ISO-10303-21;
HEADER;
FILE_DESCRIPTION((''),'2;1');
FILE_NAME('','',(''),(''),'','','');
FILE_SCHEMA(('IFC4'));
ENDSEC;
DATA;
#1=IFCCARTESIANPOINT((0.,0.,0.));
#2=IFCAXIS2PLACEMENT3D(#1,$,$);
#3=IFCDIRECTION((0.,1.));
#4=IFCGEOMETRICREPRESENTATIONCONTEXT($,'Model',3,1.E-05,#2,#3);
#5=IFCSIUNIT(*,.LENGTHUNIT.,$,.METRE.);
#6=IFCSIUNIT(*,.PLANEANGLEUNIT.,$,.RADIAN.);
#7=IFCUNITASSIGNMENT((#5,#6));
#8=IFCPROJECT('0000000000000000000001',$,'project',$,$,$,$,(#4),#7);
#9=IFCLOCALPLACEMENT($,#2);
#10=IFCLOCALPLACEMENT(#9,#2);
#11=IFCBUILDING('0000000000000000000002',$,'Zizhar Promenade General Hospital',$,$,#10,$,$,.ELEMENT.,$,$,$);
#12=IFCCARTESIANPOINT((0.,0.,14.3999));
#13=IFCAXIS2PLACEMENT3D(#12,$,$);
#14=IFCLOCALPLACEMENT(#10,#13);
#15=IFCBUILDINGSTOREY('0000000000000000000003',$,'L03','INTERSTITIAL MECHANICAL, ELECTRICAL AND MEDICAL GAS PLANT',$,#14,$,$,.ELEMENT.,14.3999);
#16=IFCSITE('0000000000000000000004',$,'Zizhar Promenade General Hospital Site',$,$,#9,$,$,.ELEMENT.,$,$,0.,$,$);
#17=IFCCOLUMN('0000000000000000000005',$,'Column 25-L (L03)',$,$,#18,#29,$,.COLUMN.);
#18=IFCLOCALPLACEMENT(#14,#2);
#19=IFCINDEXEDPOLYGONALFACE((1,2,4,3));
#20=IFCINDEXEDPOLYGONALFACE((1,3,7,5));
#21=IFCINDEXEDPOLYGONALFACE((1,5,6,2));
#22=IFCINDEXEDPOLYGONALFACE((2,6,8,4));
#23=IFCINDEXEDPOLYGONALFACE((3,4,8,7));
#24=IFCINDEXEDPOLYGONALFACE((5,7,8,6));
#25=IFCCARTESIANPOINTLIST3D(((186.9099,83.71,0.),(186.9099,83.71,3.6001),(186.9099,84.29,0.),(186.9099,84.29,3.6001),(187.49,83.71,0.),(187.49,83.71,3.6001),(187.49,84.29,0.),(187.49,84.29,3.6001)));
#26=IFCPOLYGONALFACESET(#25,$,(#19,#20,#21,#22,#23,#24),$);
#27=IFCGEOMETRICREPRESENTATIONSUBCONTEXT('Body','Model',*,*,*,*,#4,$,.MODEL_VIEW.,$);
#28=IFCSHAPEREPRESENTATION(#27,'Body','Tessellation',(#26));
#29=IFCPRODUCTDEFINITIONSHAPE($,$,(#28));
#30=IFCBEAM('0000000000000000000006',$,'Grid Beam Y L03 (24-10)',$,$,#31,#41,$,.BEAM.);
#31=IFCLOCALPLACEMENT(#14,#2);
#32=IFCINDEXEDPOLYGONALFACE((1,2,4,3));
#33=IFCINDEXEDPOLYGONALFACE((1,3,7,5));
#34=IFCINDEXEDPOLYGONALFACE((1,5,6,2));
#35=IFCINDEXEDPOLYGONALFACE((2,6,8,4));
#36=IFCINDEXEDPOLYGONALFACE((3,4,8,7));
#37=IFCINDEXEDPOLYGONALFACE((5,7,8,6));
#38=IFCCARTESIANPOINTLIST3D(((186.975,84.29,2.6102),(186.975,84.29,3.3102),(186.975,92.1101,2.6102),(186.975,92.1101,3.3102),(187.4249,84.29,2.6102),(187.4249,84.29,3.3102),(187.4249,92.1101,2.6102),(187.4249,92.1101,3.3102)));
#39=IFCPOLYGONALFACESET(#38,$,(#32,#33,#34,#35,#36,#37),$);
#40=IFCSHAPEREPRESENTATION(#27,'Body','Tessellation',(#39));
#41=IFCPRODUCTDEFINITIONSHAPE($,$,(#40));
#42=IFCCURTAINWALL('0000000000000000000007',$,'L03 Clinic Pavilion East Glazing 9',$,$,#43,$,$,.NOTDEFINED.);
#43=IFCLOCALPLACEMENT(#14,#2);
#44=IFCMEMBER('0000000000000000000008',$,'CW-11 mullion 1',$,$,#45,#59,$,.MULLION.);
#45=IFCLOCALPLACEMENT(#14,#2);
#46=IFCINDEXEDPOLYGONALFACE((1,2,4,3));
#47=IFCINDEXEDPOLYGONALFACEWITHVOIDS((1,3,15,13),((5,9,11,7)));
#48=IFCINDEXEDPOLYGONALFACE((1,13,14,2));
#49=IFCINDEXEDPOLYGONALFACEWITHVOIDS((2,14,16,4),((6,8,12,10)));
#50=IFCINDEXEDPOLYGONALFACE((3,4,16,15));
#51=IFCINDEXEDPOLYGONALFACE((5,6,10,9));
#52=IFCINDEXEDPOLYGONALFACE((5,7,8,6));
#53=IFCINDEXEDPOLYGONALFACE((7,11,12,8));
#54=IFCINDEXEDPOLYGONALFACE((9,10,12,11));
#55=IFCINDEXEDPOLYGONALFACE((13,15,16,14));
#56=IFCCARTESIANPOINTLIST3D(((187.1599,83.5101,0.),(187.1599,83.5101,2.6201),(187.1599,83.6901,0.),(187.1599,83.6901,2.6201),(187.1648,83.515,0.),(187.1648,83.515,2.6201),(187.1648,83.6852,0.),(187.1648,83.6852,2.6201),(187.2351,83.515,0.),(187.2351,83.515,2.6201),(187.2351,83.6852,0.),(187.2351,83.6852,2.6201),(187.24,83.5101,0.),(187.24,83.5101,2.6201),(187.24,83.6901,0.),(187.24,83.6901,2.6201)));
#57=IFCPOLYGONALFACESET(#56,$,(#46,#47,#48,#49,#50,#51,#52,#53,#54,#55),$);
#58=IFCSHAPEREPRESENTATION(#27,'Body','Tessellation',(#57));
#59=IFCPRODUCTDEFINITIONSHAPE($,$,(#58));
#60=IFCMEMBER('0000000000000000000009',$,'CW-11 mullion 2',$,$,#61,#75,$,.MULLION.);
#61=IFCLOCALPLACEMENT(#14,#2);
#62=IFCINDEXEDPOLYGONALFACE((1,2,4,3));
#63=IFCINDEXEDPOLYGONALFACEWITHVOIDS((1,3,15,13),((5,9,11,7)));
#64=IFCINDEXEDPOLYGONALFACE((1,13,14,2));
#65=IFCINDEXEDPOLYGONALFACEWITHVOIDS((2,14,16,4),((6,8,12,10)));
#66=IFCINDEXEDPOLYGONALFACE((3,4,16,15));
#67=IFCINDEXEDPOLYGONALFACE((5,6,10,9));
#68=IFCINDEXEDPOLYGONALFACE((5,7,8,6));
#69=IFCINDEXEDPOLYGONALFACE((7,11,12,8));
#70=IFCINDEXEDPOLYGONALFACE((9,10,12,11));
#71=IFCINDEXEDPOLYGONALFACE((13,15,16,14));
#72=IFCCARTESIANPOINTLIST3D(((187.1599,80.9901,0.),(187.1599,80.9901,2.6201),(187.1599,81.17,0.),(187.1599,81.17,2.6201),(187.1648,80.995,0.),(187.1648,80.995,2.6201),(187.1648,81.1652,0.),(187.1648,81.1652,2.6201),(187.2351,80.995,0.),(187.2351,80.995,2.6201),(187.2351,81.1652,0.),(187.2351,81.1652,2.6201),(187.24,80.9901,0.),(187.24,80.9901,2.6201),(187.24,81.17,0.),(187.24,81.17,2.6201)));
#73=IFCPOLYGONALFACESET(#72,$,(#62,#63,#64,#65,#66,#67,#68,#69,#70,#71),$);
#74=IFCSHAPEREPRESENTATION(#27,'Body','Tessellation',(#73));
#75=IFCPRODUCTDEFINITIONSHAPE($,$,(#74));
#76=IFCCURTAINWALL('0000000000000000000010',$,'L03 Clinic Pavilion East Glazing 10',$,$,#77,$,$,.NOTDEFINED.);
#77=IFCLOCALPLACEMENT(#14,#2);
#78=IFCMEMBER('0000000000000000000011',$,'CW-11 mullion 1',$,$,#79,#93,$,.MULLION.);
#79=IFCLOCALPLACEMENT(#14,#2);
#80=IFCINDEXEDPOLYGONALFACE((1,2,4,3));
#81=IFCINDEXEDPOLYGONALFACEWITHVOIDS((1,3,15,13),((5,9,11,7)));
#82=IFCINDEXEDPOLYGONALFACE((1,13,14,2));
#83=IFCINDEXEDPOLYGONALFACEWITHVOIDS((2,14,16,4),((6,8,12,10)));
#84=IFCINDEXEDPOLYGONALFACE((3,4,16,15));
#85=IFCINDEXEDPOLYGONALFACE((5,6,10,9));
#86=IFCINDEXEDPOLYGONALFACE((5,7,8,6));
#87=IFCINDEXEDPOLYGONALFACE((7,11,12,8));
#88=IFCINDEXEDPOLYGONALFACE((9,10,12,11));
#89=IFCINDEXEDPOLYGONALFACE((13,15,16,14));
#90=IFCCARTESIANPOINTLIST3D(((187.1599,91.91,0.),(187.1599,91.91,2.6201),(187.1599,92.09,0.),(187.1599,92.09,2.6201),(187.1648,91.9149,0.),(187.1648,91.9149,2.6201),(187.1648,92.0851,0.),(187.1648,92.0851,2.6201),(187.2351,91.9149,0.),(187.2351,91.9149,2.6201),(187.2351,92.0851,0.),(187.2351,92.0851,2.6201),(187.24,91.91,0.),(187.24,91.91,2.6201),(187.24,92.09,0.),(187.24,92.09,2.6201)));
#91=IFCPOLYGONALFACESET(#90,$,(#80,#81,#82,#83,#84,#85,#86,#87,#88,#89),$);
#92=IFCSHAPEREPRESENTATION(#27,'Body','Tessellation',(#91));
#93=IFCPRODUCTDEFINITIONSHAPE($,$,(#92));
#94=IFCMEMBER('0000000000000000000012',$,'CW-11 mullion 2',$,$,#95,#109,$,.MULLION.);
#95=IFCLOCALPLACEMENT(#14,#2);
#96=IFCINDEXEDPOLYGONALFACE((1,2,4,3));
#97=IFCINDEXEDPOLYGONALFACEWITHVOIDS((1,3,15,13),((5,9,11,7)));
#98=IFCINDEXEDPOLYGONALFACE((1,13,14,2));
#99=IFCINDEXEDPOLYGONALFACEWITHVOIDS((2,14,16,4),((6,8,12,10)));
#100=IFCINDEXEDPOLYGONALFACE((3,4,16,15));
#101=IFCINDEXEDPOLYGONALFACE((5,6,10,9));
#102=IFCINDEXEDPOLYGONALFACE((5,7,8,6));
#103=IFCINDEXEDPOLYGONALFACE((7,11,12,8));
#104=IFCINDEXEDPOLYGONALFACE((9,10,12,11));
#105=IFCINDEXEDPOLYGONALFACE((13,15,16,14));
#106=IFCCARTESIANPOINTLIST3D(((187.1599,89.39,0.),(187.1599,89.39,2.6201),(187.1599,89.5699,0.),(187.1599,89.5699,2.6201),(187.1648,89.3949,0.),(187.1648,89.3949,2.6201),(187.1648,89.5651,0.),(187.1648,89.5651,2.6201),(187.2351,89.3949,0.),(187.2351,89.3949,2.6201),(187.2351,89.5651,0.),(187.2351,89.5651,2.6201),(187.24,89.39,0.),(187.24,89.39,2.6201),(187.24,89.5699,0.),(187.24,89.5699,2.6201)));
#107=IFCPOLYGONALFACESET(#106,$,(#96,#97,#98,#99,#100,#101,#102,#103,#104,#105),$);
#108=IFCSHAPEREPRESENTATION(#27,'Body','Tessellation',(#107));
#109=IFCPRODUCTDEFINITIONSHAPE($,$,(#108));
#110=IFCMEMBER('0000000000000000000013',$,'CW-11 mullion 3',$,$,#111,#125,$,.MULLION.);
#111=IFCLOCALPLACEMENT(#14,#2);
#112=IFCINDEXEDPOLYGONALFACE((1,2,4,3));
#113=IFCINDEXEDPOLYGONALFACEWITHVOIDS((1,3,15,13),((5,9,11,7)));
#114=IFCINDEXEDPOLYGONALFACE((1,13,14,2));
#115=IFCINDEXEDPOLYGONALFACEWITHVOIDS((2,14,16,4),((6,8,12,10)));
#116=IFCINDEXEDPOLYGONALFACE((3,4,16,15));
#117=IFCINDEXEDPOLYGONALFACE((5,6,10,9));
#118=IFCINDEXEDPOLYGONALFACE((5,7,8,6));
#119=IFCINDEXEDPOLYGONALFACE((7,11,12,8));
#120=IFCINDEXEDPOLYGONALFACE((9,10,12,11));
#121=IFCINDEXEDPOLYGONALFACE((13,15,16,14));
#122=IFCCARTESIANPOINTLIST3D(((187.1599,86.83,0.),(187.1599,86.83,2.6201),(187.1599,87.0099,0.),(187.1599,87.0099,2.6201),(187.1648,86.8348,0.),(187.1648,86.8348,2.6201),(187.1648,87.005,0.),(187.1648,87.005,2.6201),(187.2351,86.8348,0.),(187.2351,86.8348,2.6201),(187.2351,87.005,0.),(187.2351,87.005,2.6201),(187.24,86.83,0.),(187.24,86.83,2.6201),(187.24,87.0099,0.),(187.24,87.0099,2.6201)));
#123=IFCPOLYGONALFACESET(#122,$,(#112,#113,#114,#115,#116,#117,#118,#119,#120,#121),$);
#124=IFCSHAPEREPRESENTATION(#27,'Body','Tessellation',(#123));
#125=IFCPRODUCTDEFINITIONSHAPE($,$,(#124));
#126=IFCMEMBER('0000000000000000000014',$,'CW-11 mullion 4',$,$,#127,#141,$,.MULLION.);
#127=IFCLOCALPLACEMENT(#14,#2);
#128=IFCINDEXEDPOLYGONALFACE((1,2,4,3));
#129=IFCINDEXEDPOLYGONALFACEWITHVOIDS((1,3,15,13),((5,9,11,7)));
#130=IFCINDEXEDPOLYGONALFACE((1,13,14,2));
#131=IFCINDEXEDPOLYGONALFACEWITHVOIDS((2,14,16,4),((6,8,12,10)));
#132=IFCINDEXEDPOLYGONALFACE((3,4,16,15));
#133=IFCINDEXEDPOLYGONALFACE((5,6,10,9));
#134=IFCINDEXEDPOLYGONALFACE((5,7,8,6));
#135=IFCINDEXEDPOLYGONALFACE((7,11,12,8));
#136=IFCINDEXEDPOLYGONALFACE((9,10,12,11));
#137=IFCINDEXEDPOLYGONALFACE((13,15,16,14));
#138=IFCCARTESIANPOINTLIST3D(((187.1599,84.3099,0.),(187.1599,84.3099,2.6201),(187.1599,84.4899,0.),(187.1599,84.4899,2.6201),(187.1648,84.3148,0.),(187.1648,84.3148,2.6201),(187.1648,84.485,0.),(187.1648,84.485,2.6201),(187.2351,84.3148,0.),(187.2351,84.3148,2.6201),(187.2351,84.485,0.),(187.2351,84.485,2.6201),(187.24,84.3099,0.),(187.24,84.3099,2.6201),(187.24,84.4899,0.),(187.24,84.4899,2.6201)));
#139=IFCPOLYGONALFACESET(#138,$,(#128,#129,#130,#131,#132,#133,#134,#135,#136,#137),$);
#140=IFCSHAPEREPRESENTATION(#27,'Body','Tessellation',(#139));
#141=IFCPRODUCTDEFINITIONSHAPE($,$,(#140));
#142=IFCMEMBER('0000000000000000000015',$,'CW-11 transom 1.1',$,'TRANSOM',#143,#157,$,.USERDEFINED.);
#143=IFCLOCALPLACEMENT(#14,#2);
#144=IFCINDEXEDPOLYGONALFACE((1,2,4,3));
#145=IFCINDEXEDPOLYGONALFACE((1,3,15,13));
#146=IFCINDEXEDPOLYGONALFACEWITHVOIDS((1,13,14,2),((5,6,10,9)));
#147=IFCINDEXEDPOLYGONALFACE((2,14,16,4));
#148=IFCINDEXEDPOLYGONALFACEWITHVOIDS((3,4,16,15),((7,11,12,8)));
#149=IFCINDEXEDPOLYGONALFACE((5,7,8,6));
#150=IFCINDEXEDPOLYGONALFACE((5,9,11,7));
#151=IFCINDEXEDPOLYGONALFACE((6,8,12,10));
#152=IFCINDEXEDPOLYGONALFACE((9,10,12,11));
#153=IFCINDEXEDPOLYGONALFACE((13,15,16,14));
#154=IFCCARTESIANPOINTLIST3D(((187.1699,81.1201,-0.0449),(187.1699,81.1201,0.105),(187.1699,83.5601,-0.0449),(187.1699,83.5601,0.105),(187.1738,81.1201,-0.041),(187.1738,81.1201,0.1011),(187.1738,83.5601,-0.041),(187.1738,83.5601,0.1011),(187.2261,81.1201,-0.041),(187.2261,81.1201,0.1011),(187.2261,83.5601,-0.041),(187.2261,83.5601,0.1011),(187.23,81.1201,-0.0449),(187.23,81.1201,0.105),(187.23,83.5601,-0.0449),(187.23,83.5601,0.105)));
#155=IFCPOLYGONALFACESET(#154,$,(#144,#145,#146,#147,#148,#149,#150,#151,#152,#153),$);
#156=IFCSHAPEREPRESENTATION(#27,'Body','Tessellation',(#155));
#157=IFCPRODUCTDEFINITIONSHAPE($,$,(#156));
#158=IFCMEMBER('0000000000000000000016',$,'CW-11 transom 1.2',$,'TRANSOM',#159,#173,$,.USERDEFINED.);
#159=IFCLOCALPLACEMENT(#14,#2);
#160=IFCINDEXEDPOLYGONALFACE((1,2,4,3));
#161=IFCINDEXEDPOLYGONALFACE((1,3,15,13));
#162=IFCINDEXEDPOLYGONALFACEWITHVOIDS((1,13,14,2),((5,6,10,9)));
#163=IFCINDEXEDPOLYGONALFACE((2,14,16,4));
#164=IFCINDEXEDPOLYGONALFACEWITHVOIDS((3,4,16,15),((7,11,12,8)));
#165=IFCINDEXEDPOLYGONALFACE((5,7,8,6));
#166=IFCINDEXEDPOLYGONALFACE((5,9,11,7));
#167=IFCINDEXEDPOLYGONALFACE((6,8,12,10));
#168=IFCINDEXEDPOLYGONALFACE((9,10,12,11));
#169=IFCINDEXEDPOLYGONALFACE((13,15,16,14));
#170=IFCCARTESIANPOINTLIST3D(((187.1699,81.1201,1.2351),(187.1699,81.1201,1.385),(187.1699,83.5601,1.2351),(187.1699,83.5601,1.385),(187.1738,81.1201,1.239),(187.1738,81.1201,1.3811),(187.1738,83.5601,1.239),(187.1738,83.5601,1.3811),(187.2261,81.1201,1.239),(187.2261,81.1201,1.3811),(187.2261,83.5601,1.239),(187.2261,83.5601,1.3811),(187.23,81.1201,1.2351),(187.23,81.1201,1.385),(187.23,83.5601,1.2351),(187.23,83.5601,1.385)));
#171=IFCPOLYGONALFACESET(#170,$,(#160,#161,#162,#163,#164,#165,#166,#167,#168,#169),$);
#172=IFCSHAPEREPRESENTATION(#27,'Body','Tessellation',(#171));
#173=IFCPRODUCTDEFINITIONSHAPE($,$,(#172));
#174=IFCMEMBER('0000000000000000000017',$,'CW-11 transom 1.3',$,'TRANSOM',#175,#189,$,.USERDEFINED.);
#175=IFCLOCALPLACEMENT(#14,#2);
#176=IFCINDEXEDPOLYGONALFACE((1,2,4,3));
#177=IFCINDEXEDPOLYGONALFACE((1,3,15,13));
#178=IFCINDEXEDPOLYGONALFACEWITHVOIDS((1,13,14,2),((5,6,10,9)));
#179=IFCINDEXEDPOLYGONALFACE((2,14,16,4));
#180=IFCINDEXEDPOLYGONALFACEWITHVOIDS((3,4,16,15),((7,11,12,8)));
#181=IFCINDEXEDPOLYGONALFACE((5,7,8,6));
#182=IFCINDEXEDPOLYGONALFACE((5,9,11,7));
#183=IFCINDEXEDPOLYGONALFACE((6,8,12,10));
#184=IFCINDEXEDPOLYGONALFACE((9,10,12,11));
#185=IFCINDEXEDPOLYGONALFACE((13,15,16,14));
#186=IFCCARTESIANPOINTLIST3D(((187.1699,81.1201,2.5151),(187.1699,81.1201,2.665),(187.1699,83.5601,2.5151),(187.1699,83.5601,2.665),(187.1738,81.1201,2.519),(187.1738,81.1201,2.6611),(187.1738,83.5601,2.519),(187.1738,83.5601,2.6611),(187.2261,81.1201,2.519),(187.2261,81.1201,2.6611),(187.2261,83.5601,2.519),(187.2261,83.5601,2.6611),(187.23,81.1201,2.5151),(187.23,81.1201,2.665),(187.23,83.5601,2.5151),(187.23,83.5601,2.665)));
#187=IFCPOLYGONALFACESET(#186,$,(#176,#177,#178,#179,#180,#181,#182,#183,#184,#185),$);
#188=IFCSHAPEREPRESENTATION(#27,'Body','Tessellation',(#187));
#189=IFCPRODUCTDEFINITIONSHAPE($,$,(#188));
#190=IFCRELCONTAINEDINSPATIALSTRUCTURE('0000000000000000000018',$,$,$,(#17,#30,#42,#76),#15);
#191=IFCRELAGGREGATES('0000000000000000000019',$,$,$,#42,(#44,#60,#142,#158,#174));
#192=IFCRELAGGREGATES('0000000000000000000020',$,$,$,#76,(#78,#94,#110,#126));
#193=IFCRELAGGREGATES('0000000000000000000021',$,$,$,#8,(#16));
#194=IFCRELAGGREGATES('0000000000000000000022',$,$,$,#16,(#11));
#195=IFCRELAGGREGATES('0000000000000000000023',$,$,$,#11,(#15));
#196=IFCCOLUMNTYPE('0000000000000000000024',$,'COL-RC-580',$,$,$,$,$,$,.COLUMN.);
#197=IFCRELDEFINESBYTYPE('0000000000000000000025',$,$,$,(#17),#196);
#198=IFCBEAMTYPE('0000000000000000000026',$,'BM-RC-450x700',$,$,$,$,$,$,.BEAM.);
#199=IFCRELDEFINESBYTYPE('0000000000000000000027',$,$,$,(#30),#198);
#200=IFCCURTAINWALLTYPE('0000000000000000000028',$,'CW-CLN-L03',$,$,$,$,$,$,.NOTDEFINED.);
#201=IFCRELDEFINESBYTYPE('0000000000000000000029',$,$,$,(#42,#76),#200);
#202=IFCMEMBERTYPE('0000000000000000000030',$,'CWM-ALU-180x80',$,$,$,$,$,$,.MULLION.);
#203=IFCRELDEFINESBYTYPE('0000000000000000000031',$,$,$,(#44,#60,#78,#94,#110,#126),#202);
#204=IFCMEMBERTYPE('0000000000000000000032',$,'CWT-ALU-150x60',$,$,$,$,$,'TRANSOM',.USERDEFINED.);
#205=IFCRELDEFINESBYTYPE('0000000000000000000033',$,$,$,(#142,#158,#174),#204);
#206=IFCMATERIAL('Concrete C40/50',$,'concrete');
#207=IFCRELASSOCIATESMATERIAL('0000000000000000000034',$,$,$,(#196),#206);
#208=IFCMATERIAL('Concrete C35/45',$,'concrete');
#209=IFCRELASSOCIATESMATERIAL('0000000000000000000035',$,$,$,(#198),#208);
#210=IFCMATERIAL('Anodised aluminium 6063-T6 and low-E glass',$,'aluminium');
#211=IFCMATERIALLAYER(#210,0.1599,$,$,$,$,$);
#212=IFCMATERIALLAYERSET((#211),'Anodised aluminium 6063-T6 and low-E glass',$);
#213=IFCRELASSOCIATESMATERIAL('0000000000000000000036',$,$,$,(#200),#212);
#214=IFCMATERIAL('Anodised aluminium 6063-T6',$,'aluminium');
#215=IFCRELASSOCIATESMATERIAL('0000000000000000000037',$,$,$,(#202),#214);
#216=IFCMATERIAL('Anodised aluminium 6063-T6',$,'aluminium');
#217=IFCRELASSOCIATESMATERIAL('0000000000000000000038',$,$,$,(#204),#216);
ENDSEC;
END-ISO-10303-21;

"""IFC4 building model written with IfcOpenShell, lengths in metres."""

from ifc_helpers import new_model, si_unit, direction, frame, origin, origin_2d, place, context, subcontext, project, spatial, rectangle, hollow_rectangle, extrude, material, layer, layer_set, material_profile, profile_set, type_object, element, aggregate, save


model = new_model("IFC4")

# Units and contexts
model_context = context("Model", 3, precision=1e-05, world=origin(), true_north=direction((0.0, 1.0)))
body_context = subcontext(model_context, "Body", "Model", "MODEL_VIEW")
ifc_project = project(units=[si_unit("LENGTHUNIT", "METRE"), si_unit("PLANEANGLEUNIT", "RADIAN")], contexts=[model_context])

# Site, building, storey
site_placement = place(None, origin())
site = spatial("IfcSite", under=ifc_project, at=site_placement, Name="Zizhar Promenade General Hospital Site", CompositionType="ELEMENT", RefElevation=0.0)
building_placement = place(site_placement, origin())
building = spatial("IfcBuilding", under=site, at=building_placement, Name="Zizhar Promenade General Hospital", CompositionType="ELEMENT")
storey_placement = place(building_placement, frame((0.0, 0.0, 14.3999)))
storey = spatial("IfcBuildingStorey", under=building, at=storey_placement, Name="L03", Description="INTERSTITIAL MECHANICAL, ELECTRICAL AND MEDICAL GAS PLANT", CompositionType="ELEMENT", Elevation=14.3999)

# Column
ifc_material_1 = material(Name="Concrete C40/50", Category="concrete")
ifc_material_profile_1 = material_profile(ifc_material_1, rectangle(XDim=0.5801, YDim=0.5801, at=origin_2d()))
ifc_profile_set_1 = profile_set([ifc_material_profile_1], Name="Concrete C40/50")
column_type = type_object("IfcColumnType", Name="COL-RC-580", PredefinedType="COLUMN", material=ifc_profile_set_1)
column_placement = place(storey_placement, frame((187.2, 84.0, 0.0), z_axis=(0.0, 0.0, 1.0), x_axis=(1.0, 0.0, 0.0)))
element("IfcColumn", 1, at=column_placement, inside=storey, type_object=column_type, Name="Column 25-L (L03)", PredefinedType="COLUMN", context=body_context, shape_type="SweptSolid", body=[
    extrude(rectangle(XDim=0.5801, YDim=0.5801, at=origin_2d()), origin(), (0.0, 0.0, 1.0), 3.6001),
])

# Beam
ifc_material_2 = material(Name="Concrete C35/45", Category="concrete")
ifc_material_profile_2 = material_profile(ifc_material_2, rectangle(XDim=0.45, YDim=0.7, at=origin_2d()))
ifc_profile_set_2 = profile_set([ifc_material_profile_2], Name="Concrete C35/45")
beam_type = type_object("IfcBeamType", Name="BM-RC-450x700", PredefinedType="BEAM", material=ifc_profile_set_2)
beam_placement = place(storey_placement, frame((187.2, 84.29, 2.9602), z_axis=(0.0, 1.0, 0.0), x_axis=(-1.0, 0.0, 0.0)))
element("IfcBeam", 2, at=beam_placement, inside=storey, type_object=beam_type, Name="Grid Beam Y L03 (24-10)", PredefinedType="BEAM", context=body_context, shape_type="SweptSolid", body=[
    extrude(rectangle(XDim=0.45, YDim=0.7, at=origin_2d()), origin(), (0.0, 0.0, 1.0), 7.8201),
])

# Curtain walls, members
ifc_material_3 = material(Name="Anodised aluminium 6063-T6 and low-E glass", Category="aluminium")
ifc_layer_1 = layer(ifc_material_3, 0.1599)
ifc_layer_set_1 = layer_set([ifc_layer_1], Name="Anodised aluminium 6063-T6 and low-E glass")
curtain_wall_type = type_object("IfcCurtainWallType", Name="CW-CLN-L03", PredefinedType="NOTDEFINED", material=ifc_layer_set_1)
curtain_wall_1_placement = place(storey_placement, origin())
curtain_wall_1 = element("IfcCurtainWall", 3, at=curtain_wall_1_placement, inside=storey, type_object=curtain_wall_type, Name="L03 Clinic Pavilion East Glazing 9", PredefinedType="NOTDEFINED")
ifc_material_4 = material(Name="Anodised aluminium 6063-T6", Category="aluminium")
ifc_material_profile_3 = material_profile(ifc_material_4, hollow_rectangle(XDim=0.0801, YDim=0.1799, WallThickness=0.0049, at=origin_2d()))
ifc_profile_set_3 = profile_set([ifc_material_profile_3], Name="Anodised aluminium 6063-T6")
member_type_1 = type_object("IfcMemberType", Name="CWM-ALU-180x80", PredefinedType="MULLION", material=ifc_profile_set_3)
member_1_placement = place(storey_placement, frame((187.2, 83.6001, 0.0), z_axis=(0.0, 0.0, 1.0), x_axis=(1.0, 0.0, 0.0)))
member_1 = element("IfcMember", 4, at=member_1_placement, type_object=member_type_1, Name="CW-11 mullion 1", PredefinedType="MULLION", context=body_context, shape_type="SweptSolid", body=[
    extrude(hollow_rectangle(XDim=0.0801, YDim=0.1799, WallThickness=0.0049, at=origin_2d()), origin(), (0.0, 0.0, 1.0), 2.6201),
])
member_2_placement = place(storey_placement, frame((187.2, 81.0801, 0.0), z_axis=(0.0, 0.0, 1.0), x_axis=(1.0, 0.0, 0.0)))
member_2 = element("IfcMember", 5, at=member_2_placement, type_object=member_type_1, Name="CW-11 mullion 2", PredefinedType="MULLION", context=body_context, shape_type="SweptSolid", body=[
    extrude(hollow_rectangle(XDim=0.0801, YDim=0.1799, WallThickness=0.0049, at=origin_2d()), origin(), (0.0, 0.0, 1.0), 2.6201),
])
curtain_wall_2_placement = place(storey_placement, origin())
curtain_wall_2 = element("IfcCurtainWall", 6, at=curtain_wall_2_placement, inside=storey, type_object=curtain_wall_type, Name="L03 Clinic Pavilion East Glazing 10", PredefinedType="NOTDEFINED")
member_3_placement = place(storey_placement, frame((187.2, 92.0, 0.0), z_axis=(0.0, 0.0, 1.0), x_axis=(1.0, 0.0, 0.0)))
member_3 = element("IfcMember", 7, at=member_3_placement, type_object=member_type_1, Name="CW-11 mullion 1", PredefinedType="MULLION", context=body_context, shape_type="SweptSolid", body=[
    extrude(hollow_rectangle(XDim=0.0801, YDim=0.1799, WallThickness=0.0049, at=origin_2d()), origin(), (0.0, 0.0, 1.0), 2.6201),
])
member_4_placement = place(storey_placement, frame((187.2, 89.48, 0.0), z_axis=(0.0, 0.0, 1.0), x_axis=(1.0, 0.0, 0.0)))
member_4 = element("IfcMember", 8, at=member_4_placement, type_object=member_type_1, Name="CW-11 mullion 2", PredefinedType="MULLION", context=body_context, shape_type="SweptSolid", body=[
    extrude(hollow_rectangle(XDim=0.0801, YDim=0.1799, WallThickness=0.0049, at=origin_2d()), origin(), (0.0, 0.0, 1.0), 2.6201),
])
member_5_placement = place(storey_placement, frame((187.2, 86.9199, 0.0), z_axis=(0.0, 0.0, 1.0), x_axis=(1.0, 0.0, 0.0)))
member_5 = element("IfcMember", 9, at=member_5_placement, type_object=member_type_1, Name="CW-11 mullion 3", PredefinedType="MULLION", context=body_context, shape_type="SweptSolid", body=[
    extrude(hollow_rectangle(XDim=0.0801, YDim=0.1799, WallThickness=0.0049, at=origin_2d()), origin(), (0.0, 0.0, 1.0), 2.6201),
])
member_6_placement = place(storey_placement, frame((187.2, 84.3999, 0.0), z_axis=(0.0, 0.0, 1.0), x_axis=(1.0, 0.0, 0.0)))
member_6 = element("IfcMember", 10, at=member_6_placement, type_object=member_type_1, Name="CW-11 mullion 4", PredefinedType="MULLION", context=body_context, shape_type="SweptSolid", body=[
    extrude(hollow_rectangle(XDim=0.0801, YDim=0.1799, WallThickness=0.0049, at=origin_2d()), origin(), (0.0, 0.0, 1.0), 2.6201),
])

# Members
ifc_material_5 = material(Name="Anodised aluminium 6063-T6", Category="aluminium")
ifc_material_profile_4 = material_profile(ifc_material_5, hollow_rectangle(XDim=0.0601, YDim=0.1499, WallThickness=0.0039, at=origin_2d()))
ifc_profile_set_4 = profile_set([ifc_material_profile_4], Name="Anodised aluminium 6063-T6")
member_type_2 = type_object("IfcMemberType", Name="CWT-ALU-150x60", ElementType="TRANSOM", PredefinedType="USERDEFINED", material=ifc_profile_set_4)
member_7_placement = place(storey_placement, frame((187.2, 83.5601, 0.03), z_axis=(0.0, -1.0, 0.0), x_axis=(1.0, 0.0, 0.0)))
member_7 = element("IfcMember", 11, at=member_7_placement, type_object=member_type_2, Name="CW-11 transom 1.1", ObjectType="TRANSOM", PredefinedType="USERDEFINED", context=body_context, shape_type="SweptSolid", body=[
    extrude(hollow_rectangle(XDim=0.0601, YDim=0.1499, WallThickness=0.0039, at=origin_2d()), origin(), (0.0, 0.0, 1.0), 2.4399),
])
member_8_placement = place(storey_placement, frame((187.2, 83.5601, 1.3101), z_axis=(0.0, -1.0, 0.0), x_axis=(1.0, 0.0, 0.0)))
member_8 = element("IfcMember", 12, at=member_8_placement, type_object=member_type_2, Name="CW-11 transom 1.2", ObjectType="TRANSOM", PredefinedType="USERDEFINED", context=body_context, shape_type="SweptSolid", body=[
    extrude(hollow_rectangle(XDim=0.0601, YDim=0.1499, WallThickness=0.0039, at=origin_2d()), origin(), (0.0, 0.0, 1.0), 2.4399),
])
member_9_placement = place(storey_placement, frame((187.2, 83.5601, 2.5901), z_axis=(0.0, -1.0, 0.0), x_axis=(1.0, 0.0, 0.0)))
member_9 = element("IfcMember", 13, at=member_9_placement, type_object=member_type_2, Name="CW-11 transom 1.3", ObjectType="TRANSOM", PredefinedType="USERDEFINED", context=body_context, shape_type="SweptSolid", body=[
    extrude(hollow_rectangle(XDim=0.0601, YDim=0.1499, WallThickness=0.0039, at=origin_2d()), origin(), (0.0, 0.0, 1.0), 2.4399),
])

aggregate(curtain_wall_1, [member_1, member_2, member_7, member_8, member_9])
aggregate(curtain_wall_2, [member_3, member_4, member_5, member_6])

save(model, "model.ifc")
